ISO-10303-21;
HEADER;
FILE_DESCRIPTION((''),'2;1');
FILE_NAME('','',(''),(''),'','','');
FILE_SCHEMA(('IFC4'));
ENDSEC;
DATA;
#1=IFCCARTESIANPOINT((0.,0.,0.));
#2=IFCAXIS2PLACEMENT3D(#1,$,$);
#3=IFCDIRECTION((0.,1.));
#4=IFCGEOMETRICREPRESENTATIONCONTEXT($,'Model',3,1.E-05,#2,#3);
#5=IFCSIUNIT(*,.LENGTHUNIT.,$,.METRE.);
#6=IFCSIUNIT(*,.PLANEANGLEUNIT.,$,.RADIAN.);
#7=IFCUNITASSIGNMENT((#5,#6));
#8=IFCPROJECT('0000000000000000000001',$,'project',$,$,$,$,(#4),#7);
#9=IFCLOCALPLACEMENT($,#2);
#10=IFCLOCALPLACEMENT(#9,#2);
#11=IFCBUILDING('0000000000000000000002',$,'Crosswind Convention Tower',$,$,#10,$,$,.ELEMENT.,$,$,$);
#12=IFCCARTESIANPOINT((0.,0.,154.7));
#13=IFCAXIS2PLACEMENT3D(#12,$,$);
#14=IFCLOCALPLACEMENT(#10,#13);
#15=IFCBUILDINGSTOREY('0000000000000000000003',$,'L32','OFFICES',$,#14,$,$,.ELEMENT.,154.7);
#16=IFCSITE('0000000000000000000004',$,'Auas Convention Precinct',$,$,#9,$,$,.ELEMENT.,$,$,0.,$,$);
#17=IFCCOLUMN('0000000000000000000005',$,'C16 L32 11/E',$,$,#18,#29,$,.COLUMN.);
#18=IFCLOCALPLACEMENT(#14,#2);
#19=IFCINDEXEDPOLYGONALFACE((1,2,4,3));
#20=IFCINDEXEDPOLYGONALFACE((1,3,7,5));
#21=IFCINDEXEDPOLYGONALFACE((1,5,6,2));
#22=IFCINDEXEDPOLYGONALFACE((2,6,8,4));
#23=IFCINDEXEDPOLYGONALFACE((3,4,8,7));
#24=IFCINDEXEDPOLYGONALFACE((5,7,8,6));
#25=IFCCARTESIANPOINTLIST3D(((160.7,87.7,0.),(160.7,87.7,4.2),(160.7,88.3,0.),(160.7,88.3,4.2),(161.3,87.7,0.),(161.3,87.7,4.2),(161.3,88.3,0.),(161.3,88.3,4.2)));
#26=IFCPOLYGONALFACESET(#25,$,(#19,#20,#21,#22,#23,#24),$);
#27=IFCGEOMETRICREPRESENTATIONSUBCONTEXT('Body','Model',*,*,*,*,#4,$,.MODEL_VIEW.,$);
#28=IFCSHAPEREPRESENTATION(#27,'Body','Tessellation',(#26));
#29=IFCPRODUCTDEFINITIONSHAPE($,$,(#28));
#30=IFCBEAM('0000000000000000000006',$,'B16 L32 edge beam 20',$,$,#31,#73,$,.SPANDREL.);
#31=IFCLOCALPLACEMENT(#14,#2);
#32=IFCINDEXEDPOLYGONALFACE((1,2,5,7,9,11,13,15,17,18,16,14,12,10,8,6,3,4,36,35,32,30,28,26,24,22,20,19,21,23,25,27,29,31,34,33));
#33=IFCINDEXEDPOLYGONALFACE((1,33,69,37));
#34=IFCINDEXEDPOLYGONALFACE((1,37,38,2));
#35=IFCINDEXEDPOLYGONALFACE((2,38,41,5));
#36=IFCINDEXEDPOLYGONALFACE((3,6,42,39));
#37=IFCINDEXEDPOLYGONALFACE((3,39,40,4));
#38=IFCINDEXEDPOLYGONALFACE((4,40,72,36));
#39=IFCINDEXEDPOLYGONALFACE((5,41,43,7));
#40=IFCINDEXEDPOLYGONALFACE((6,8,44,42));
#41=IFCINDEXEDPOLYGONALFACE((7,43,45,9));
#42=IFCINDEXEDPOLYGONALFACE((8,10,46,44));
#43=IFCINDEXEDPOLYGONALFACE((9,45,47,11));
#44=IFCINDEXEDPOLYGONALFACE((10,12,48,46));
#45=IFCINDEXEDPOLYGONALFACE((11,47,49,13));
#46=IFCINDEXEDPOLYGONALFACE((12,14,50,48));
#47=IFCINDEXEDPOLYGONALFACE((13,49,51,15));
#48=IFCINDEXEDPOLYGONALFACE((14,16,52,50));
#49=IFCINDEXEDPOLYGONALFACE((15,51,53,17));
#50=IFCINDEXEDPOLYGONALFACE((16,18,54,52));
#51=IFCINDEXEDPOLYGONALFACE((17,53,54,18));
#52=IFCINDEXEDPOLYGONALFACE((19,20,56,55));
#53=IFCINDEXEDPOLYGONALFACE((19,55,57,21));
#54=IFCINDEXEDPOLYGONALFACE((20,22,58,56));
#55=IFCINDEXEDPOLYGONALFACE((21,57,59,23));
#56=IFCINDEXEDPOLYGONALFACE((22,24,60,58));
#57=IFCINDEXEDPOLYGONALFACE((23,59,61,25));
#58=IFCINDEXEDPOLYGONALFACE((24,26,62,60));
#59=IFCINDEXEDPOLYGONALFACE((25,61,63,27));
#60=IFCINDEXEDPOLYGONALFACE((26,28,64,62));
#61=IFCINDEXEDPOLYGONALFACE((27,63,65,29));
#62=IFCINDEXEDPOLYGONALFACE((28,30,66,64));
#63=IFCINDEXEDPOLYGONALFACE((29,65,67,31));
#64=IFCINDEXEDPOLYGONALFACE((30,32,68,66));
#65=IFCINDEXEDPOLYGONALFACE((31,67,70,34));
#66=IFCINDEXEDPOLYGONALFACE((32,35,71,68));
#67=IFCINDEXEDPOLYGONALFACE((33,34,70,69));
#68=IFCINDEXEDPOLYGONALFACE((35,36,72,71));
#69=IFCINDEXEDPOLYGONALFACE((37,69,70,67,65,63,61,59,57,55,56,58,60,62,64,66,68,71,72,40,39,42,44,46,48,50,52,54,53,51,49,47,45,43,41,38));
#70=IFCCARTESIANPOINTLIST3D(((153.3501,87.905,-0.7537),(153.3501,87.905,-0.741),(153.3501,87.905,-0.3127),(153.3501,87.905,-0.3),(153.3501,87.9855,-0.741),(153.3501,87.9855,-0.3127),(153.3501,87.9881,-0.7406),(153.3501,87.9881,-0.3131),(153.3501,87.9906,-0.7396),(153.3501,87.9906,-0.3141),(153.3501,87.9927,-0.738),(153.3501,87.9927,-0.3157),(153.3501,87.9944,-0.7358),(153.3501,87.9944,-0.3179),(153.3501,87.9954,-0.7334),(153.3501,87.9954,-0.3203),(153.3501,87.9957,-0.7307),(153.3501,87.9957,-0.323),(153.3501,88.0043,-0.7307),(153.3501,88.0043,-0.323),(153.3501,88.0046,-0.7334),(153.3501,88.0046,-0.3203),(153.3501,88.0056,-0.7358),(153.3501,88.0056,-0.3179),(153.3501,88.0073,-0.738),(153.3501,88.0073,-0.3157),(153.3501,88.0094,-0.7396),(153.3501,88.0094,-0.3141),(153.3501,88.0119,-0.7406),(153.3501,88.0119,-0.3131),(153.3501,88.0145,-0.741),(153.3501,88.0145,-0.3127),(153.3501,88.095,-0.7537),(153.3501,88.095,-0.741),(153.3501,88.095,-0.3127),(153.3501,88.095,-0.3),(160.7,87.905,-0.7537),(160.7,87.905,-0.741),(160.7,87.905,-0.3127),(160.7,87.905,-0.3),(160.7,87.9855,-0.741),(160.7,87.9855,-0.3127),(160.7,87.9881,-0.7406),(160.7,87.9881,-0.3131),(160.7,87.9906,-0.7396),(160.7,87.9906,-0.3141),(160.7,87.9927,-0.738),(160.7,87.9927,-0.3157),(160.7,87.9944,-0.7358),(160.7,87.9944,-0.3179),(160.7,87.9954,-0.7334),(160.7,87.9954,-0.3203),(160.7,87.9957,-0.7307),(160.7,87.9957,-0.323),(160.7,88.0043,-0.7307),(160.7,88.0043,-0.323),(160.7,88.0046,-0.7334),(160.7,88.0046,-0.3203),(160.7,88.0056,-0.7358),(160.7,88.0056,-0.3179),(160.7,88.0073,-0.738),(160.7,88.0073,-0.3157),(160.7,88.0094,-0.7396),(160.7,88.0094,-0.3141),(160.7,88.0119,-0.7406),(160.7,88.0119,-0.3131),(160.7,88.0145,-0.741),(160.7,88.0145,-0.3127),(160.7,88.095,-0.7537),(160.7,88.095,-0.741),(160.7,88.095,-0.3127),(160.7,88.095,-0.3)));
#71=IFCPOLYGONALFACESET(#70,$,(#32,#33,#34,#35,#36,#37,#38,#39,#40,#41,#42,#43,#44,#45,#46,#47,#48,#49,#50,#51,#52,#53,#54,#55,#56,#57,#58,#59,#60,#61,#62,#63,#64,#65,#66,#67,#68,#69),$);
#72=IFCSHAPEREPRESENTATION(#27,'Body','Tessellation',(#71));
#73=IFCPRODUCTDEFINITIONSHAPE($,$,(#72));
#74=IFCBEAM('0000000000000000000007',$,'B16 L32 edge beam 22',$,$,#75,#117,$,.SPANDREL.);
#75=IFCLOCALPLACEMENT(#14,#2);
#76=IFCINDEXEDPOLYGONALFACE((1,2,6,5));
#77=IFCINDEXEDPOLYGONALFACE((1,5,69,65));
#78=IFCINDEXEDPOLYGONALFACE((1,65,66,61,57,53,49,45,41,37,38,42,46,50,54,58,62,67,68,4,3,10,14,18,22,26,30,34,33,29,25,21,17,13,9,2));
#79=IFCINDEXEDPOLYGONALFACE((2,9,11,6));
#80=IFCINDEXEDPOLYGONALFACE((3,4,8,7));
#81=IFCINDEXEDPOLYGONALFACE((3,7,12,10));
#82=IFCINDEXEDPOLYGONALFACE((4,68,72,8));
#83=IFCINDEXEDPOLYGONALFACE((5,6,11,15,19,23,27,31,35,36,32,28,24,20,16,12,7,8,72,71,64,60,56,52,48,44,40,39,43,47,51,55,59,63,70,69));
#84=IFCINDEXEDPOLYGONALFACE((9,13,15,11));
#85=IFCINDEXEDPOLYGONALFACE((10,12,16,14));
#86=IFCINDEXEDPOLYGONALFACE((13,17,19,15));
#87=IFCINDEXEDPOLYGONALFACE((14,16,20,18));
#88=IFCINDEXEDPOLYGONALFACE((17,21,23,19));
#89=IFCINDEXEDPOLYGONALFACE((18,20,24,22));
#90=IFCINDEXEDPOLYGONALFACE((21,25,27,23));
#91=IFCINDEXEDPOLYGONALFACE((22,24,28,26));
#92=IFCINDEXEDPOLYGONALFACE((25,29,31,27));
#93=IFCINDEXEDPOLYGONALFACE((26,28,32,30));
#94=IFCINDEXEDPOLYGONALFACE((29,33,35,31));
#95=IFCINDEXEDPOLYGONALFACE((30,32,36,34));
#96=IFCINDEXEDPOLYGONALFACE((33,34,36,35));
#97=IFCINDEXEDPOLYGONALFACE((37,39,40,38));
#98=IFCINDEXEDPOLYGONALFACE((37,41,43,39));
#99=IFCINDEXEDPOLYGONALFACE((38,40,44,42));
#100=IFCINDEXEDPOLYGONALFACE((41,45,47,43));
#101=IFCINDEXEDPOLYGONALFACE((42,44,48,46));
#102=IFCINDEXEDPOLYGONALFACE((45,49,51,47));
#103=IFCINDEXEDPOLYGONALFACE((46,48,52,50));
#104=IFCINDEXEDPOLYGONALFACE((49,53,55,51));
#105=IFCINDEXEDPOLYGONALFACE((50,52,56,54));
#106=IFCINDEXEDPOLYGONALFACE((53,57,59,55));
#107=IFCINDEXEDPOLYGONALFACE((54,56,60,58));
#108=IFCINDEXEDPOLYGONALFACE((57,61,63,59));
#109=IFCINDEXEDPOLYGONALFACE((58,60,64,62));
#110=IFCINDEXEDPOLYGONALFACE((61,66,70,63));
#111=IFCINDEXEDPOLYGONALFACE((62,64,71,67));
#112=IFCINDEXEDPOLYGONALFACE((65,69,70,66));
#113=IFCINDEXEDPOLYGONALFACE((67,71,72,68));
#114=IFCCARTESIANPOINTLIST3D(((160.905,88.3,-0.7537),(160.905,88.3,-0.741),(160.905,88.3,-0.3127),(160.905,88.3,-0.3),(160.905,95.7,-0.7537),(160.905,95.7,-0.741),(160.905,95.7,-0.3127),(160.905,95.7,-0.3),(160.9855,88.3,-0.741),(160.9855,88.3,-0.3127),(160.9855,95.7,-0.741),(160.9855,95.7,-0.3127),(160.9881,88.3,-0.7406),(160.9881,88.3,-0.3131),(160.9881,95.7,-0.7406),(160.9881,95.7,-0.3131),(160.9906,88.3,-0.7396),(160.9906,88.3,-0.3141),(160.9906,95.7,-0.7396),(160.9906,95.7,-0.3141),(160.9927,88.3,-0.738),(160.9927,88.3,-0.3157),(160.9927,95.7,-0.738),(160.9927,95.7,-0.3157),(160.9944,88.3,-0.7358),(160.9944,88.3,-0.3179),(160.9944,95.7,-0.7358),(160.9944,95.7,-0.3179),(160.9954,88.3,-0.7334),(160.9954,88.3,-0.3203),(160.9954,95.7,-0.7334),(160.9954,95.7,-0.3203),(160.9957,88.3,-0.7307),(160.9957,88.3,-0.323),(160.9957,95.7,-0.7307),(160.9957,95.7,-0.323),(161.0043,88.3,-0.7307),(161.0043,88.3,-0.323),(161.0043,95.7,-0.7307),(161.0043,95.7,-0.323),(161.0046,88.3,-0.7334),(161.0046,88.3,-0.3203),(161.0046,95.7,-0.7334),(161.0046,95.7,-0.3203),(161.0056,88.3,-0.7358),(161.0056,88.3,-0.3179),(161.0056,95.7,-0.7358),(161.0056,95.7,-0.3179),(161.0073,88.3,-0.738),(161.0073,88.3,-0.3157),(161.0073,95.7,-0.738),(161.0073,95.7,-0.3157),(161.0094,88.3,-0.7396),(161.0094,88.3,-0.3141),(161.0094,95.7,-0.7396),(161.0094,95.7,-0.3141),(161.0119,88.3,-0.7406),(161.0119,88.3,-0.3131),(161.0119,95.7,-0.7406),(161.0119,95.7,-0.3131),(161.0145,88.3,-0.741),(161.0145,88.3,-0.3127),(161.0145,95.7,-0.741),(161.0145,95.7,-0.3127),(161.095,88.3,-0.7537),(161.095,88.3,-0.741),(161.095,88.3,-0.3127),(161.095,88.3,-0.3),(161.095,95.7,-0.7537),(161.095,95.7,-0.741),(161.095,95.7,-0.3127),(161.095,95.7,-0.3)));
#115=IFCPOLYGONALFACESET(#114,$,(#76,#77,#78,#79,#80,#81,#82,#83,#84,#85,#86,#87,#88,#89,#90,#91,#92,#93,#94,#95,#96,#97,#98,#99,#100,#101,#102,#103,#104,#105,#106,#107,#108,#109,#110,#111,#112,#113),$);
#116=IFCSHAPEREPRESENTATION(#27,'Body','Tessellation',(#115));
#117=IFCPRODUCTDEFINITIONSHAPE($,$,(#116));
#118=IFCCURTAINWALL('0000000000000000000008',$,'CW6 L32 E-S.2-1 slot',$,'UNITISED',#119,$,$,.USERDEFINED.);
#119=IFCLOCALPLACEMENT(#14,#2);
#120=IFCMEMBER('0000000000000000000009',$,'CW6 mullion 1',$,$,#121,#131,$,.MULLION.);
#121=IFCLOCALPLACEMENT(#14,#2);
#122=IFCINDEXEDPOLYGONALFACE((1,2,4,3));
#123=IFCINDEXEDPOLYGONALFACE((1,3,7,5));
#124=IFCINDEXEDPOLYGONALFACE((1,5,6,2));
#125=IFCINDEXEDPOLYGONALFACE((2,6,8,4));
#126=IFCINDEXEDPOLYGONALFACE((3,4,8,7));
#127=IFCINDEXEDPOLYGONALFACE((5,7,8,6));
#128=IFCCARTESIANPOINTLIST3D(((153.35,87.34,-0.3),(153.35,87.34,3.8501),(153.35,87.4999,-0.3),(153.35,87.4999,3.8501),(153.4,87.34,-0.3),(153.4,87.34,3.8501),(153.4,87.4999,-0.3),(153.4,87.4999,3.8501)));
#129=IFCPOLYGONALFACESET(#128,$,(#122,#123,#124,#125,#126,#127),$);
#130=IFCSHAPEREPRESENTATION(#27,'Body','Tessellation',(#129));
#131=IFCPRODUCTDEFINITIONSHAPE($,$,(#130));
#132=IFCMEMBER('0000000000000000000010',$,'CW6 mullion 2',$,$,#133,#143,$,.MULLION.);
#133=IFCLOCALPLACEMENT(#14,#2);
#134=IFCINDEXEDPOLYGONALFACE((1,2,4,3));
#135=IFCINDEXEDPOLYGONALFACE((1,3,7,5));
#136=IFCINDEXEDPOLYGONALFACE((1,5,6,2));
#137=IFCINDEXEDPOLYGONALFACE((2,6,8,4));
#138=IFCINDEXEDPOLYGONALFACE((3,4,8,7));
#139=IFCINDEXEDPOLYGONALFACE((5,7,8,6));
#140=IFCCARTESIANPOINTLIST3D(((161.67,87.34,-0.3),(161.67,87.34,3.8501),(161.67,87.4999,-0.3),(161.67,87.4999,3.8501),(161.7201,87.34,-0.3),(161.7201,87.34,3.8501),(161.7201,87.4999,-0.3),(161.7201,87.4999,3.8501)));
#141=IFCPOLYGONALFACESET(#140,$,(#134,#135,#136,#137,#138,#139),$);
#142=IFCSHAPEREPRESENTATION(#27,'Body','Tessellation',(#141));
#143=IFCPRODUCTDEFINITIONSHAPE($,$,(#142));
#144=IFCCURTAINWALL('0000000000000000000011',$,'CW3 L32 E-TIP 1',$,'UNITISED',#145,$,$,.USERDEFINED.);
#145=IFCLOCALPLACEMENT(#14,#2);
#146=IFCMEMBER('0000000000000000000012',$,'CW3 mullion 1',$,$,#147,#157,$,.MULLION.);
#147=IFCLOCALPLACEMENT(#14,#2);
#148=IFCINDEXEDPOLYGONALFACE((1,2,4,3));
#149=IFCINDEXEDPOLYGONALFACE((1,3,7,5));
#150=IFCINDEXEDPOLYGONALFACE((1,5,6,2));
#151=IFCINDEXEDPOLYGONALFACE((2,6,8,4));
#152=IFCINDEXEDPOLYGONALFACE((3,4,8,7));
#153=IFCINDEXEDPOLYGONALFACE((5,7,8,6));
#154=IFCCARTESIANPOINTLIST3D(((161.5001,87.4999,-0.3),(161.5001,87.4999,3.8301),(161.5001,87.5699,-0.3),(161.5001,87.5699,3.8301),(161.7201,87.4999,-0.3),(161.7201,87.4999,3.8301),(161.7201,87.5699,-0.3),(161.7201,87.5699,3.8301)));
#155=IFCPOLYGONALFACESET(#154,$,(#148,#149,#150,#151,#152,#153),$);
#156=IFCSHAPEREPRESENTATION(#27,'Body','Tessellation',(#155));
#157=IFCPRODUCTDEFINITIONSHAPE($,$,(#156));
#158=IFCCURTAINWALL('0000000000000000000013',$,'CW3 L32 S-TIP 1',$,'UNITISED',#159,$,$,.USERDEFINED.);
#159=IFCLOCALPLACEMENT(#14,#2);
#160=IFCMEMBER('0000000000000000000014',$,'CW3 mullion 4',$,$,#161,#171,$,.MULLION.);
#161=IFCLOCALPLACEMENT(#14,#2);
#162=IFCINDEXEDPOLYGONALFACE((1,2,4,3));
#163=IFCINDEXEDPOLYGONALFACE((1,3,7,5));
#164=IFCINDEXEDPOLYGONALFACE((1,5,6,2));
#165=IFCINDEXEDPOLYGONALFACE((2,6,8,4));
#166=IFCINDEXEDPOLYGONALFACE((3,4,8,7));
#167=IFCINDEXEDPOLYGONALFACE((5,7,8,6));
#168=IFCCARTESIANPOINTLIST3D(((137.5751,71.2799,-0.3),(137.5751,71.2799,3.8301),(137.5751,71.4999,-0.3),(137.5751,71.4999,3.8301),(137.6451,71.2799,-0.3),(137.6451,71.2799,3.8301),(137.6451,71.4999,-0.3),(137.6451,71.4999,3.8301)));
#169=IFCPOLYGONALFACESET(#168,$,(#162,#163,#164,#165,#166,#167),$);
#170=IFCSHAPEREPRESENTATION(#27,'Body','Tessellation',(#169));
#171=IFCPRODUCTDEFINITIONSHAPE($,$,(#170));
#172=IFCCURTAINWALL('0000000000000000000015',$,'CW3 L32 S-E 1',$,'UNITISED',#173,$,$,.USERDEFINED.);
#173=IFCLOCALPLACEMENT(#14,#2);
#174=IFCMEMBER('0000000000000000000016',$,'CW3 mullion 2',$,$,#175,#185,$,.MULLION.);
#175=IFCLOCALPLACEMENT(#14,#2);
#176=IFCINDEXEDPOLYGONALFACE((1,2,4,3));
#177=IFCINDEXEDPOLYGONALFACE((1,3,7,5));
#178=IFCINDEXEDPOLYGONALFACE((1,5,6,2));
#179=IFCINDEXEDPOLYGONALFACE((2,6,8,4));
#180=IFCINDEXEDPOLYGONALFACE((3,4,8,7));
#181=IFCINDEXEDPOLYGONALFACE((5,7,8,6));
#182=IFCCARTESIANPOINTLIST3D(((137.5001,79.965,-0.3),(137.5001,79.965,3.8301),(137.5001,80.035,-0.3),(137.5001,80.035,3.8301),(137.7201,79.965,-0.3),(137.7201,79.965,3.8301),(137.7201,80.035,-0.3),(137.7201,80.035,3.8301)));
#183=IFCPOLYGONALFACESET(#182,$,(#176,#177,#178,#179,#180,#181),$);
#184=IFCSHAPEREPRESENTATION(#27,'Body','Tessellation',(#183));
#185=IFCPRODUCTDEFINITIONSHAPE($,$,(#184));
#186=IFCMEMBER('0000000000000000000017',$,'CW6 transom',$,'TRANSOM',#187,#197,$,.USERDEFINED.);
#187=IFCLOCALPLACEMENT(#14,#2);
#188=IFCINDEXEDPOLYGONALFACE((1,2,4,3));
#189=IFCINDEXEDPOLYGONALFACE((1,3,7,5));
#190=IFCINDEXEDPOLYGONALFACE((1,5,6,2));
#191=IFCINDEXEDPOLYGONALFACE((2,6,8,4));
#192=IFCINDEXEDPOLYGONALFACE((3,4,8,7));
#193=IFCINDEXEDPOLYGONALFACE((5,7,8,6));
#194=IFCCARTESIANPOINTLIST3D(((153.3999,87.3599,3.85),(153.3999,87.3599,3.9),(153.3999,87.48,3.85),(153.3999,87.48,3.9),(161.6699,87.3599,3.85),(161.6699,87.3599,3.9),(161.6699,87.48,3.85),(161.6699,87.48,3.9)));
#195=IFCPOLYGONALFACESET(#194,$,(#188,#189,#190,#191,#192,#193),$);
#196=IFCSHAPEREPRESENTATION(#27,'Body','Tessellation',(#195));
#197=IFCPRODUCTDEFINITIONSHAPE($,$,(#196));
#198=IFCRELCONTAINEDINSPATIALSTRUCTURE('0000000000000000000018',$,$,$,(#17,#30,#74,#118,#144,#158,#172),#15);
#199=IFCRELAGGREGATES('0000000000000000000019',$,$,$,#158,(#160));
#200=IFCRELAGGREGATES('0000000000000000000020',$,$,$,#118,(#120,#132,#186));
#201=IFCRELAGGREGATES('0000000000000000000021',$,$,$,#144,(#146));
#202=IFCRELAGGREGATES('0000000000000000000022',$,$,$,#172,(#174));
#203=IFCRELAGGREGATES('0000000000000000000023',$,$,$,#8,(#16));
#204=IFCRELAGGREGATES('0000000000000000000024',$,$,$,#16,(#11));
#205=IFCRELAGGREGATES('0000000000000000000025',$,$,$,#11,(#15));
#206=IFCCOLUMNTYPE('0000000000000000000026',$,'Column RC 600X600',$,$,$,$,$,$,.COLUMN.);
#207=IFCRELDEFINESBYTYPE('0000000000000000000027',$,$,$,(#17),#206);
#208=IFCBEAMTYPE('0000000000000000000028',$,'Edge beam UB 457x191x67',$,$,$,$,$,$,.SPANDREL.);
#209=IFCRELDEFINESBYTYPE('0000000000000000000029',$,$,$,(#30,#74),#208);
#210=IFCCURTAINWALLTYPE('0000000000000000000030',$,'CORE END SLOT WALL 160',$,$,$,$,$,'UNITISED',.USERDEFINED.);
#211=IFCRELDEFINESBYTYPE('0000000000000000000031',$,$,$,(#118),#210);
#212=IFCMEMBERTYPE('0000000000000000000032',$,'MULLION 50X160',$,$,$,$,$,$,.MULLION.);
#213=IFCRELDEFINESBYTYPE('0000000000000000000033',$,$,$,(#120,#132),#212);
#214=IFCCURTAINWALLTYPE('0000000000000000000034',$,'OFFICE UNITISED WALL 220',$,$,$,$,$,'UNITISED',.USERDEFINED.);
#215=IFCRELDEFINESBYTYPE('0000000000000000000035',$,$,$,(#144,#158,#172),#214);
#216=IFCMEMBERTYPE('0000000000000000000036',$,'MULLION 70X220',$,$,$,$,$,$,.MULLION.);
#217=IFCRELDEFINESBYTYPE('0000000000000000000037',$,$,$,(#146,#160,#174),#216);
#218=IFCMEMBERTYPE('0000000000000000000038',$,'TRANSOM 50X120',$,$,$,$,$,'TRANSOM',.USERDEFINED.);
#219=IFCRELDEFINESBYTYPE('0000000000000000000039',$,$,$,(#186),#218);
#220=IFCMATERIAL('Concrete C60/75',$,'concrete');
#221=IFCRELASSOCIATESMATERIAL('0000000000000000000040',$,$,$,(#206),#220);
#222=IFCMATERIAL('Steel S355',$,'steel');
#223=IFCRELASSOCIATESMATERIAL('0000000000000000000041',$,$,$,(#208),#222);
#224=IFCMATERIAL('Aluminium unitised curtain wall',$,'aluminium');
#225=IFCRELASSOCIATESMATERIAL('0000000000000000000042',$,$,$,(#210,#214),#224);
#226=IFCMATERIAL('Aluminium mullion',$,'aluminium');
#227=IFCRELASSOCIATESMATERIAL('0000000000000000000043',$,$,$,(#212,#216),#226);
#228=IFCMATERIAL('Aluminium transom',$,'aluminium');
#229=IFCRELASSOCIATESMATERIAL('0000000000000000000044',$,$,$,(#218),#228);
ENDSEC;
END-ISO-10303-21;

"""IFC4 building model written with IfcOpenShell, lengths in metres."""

from ifc_helpers import new_model, si_unit, direction, frame, origin, origin_2d, place, context, subcontext, project, spatial, rectangle, i_section, extrude, material, material_profile, profile_set, type_object, element, aggregate, save


model = new_model("IFC4")

# Units and contexts
model_context = context("Model", 3, precision=1e-05, world=origin(), true_north=direction((0.0, 1.0)))
body_context = subcontext(model_context, "Body", "Model", "MODEL_VIEW")
ifc_project = project(units=[si_unit("LENGTHUNIT", "METRE"), si_unit("PLANEANGLEUNIT", "RADIAN")], contexts=[model_context])

# Site, building, storey
site_placement = place(None, origin())
site = spatial("IfcSite", under=ifc_project, at=site_placement, Name="Auas Convention Precinct", CompositionType="ELEMENT", RefElevation=0.0)
building_placement = place(site_placement, origin())
building = spatial("IfcBuilding", under=site, at=building_placement, Name="Crosswind Convention Tower", CompositionType="ELEMENT")
storey_placement = place(building_placement, frame((0.0, 0.0, 154.7)))
storey = spatial("IfcBuildingStorey", under=building, at=storey_placement, Name="L32", Description="OFFICES", CompositionType="ELEMENT", Elevation=154.7)

# Column
ifc_material_1 = material(Name="Concrete C60/75", Category="concrete")
ifc_material_profile_1 = material_profile(ifc_material_1, rectangle(XDim=0.6001, YDim=0.6001, at=origin_2d()), Name="RC 600X600")
ifc_profile_set_1 = profile_set([ifc_material_profile_1], Name="Concrete C60/75")
column_type = type_object("IfcColumnType", Name="Column RC 600X600", PredefinedType="COLUMN", material=ifc_profile_set_1)
column_placement = place(storey_placement, frame((161.0, 88.0, 0.0), z_axis=(0.0, 0.0, 1.0), x_axis=(1.0, 0.0, 0.0)))
element("IfcColumn", 1, at=column_placement, inside=storey, type_object=column_type, Name="C16 L32 11/E", PredefinedType="COLUMN", context=body_context, shape_type="SweptSolid", body=[
    extrude(rectangle(XDim=0.6001, YDim=0.6001, at=origin_2d()), origin(), (0.0, 0.0, 1.0), 4.2),
])

# Beams
ifc_material_2 = material(Name="Steel S355", Category="steel")
ifc_material_profile_2 = material_profile(ifc_material_2, i_section(OverallWidth=0.1899, OverallDepth=0.4536, WebThickness=0.0085, FlangeThickness=0.0127, FilletRadius=0.0103, at=origin_2d()), Name="UB 457x191x67")
ifc_profile_set_2 = profile_set([ifc_material_profile_2], Name="Steel S355")
beam_type = type_object("IfcBeamType", Name="Edge beam UB 457x191x67", PredefinedType="SPANDREL", material=ifc_profile_set_2)
beam_1_placement = place(storey_placement, frame((153.3501, 88.0, -0.5269), z_axis=(1.0, 0.0, 0.0), x_axis=(0.0, 1.0, 0.0)))
element("IfcBeam", 2, at=beam_1_placement, inside=storey, type_object=beam_type, Name="B16 L32 edge beam 20", PredefinedType="SPANDREL", context=body_context, shape_type="SweptSolid", body=[
    extrude(i_section(OverallWidth=0.1899, OverallDepth=0.4536, WebThickness=0.0085, FlangeThickness=0.0127, FilletRadius=0.0103, at=origin_2d()), origin(), (0.0, 0.0, 1.0), 7.3499),
])
beam_2_placement = place(storey_placement, frame((161.0, 88.3, -0.5269), z_axis=(0.0, 1.0, 0.0), x_axis=(-1.0, 0.0, 0.0)))
element("IfcBeam", 3, at=beam_2_placement, inside=storey, type_object=beam_type, Name="B16 L32 edge beam 22", PredefinedType="SPANDREL", context=body_context, shape_type="SweptSolid", body=[
    extrude(i_section(OverallWidth=0.1899, OverallDepth=0.4536, WebThickness=0.0085, FlangeThickness=0.0127, FilletRadius=0.0103, at=origin_2d()), origin(), (0.0, 0.0, 1.0), 7.3999),
])

# Curtain wall, members
ifc_material_3 = material(Name="Aluminium unitised curtain wall", Category="aluminium")
curtain_wall_type_1 = type_object("IfcCurtainWallType", Name="CORE END SLOT WALL 160", ElementType="UNITISED", PredefinedType="USERDEFINED", material=ifc_material_3)
curtain_wall_1_placement = place(storey_placement, origin())
curtain_wall_1 = element("IfcCurtainWall", 4, at=curtain_wall_1_placement, inside=storey, type_object=curtain_wall_type_1, Name="CW6 L32 E-S.2-1 slot", ObjectType="UNITISED", PredefinedType="USERDEFINED")
ifc_material_4 = material(Name="Aluminium mullion", Category="aluminium")
ifc_material_profile_3 = material_profile(ifc_material_4, rectangle(XDim=0.1599, YDim=0.05, at=origin_2d()), Name="AL 160X50")
ifc_profile_set_3 = profile_set([ifc_material_profile_3], Name="Aluminium mullion")
member_type_1 = type_object("IfcMemberType", Name="MULLION 50X160", PredefinedType="MULLION", material=ifc_profile_set_3)
member_1_placement = place(storey_placement, frame((153.375, 87.4199, -0.3), z_axis=(0.0, 0.0, 1.0), x_axis=(0.0, -1.0, 0.0)))
member_1 = element("IfcMember", 5, at=member_1_placement, type_object=member_type_1, Name="CW6 mullion 1", PredefinedType="MULLION", context=body_context, shape_type="SweptSolid", body=[
    extrude(rectangle(XDim=0.1599, YDim=0.05, at=origin_2d()), origin(), (0.0, 0.0, 1.0), 4.1501),
])
member_2_placement = place(storey_placement, frame((161.6951, 87.4199, -0.3), z_axis=(0.0, 0.0, 1.0), x_axis=(0.0, -1.0, 0.0)))
member_2 = element("IfcMember", 6, at=member_2_placement, type_object=member_type_1, Name="CW6 mullion 2", PredefinedType="MULLION", context=body_context, shape_type="SweptSolid", body=[
    extrude(rectangle(XDim=0.1599, YDim=0.05, at=origin_2d()), origin(), (0.0, 0.0, 1.0), 4.1501),
])

# Curtain walls, members
curtain_wall_type_2 = type_object("IfcCurtainWallType", Name="OFFICE UNITISED WALL 220", ElementType="UNITISED", PredefinedType="USERDEFINED", material=ifc_material_3)
curtain_wall_2_placement = place(storey_placement, origin())
curtain_wall_2 = element("IfcCurtainWall", 7, at=curtain_wall_2_placement, inside=storey, type_object=curtain_wall_type_2, Name="CW3 L32 E-TIP 1", ObjectType="UNITISED", PredefinedType="USERDEFINED")
ifc_material_profile_4 = material_profile(ifc_material_4, rectangle(XDim=0.22, YDim=0.0701, at=origin_2d()), Name="AL 220X70")
ifc_profile_set_4 = profile_set([ifc_material_profile_4], Name="Aluminium mullion")
member_type_2 = type_object("IfcMemberType", Name="MULLION 70X220", PredefinedType="MULLION", material=ifc_profile_set_4)
member_3_placement = place(storey_placement, frame((161.6101, 87.5349, -0.3), z_axis=(0.0, 0.0, 1.0), x_axis=(1.0, 0.0, 0.0)))
member_3 = element("IfcMember", 8, at=member_3_placement, type_object=member_type_2, Name="CW3 mullion 1", PredefinedType="MULLION", context=body_context, shape_type="SweptSolid", body=[
    extrude(rectangle(XDim=0.22, YDim=0.0701, at=origin_2d()), origin(), (0.0, 0.0, 1.0), 4.1301),
])
curtain_wall_3_placement = place(storey_placement, origin())
curtain_wall_3 = element("IfcCurtainWall", 9, at=curtain_wall_3_placement, inside=storey, type_object=curtain_wall_type_2, Name="CW3 L32 S-TIP 1", ObjectType="UNITISED", PredefinedType="USERDEFINED")
member_4_placement = place(storey_placement, frame((137.6101, 71.3899, -0.3), z_axis=(0.0, 0.0, 1.0), x_axis=(0.0, -1.0, 0.0)))
member_4 = element("IfcMember", 10, at=member_4_placement, type_object=member_type_2, Name="CW3 mullion 4", PredefinedType="MULLION", context=body_context, shape_type="SweptSolid", body=[
    extrude(rectangle(XDim=0.22, YDim=0.0701, at=origin_2d()), origin(), (0.0, 0.0, 1.0), 4.1301),
])
aggregate(curtain_wall_3, [member_4])
curtain_wall_4_placement = place(storey_placement, origin())
curtain_wall_4 = element("IfcCurtainWall", 11, at=curtain_wall_4_placement, inside=storey, type_object=curtain_wall_type_2, Name="CW3 L32 S-E 1", ObjectType="UNITISED", PredefinedType="USERDEFINED")
member_5_placement = place(storey_placement, frame((137.6101, 80.0, -0.3), z_axis=(0.0, 0.0, 1.0), x_axis=(1.0, 0.0, 0.0)))
member_5 = element("IfcMember", 12, at=member_5_placement, type_object=member_type_2, Name="CW3 mullion 2", PredefinedType="MULLION", context=body_context, shape_type="SweptSolid", body=[
    extrude(rectangle(XDim=0.22, YDim=0.0701, at=origin_2d()), origin(), (0.0, 0.0, 1.0), 4.1301),
])

# Member
ifc_material_5 = material(Name="Aluminium transom", Category="aluminium")
ifc_material_profile_5 = material_profile(ifc_material_5, rectangle(XDim=0.1201, YDim=0.05, at=origin_2d()), Name="AL 120X50")
ifc_profile_set_5 = profile_set([ifc_material_profile_5], Name="Aluminium transom")
member_type_3 = type_object("IfcMemberType", Name="TRANSOM 50X120", ElementType="TRANSOM", PredefinedType="USERDEFINED", material=ifc_profile_set_5)
member_6_placement = place(storey_placement, frame((153.3999, 87.4199, 3.875), z_axis=(1.0, 0.0, 0.0), x_axis=(0.0, 1.0, 0.0)))
member_6 = element("IfcMember", 13, at=member_6_placement, type_object=member_type_3, Name="CW6 transom", ObjectType="TRANSOM", PredefinedType="USERDEFINED", context=body_context, shape_type="SweptSolid", body=[
    extrude(rectangle(XDim=0.1201, YDim=0.05, at=origin_2d()), origin(), (0.0, 0.0, 1.0), 8.27),
])

aggregate(curtain_wall_1, [member_1, member_2, member_6])

aggregate(curtain_wall_2, [member_3])
aggregate(curtain_wall_4, [member_5])

save(model, "model.ifc")
